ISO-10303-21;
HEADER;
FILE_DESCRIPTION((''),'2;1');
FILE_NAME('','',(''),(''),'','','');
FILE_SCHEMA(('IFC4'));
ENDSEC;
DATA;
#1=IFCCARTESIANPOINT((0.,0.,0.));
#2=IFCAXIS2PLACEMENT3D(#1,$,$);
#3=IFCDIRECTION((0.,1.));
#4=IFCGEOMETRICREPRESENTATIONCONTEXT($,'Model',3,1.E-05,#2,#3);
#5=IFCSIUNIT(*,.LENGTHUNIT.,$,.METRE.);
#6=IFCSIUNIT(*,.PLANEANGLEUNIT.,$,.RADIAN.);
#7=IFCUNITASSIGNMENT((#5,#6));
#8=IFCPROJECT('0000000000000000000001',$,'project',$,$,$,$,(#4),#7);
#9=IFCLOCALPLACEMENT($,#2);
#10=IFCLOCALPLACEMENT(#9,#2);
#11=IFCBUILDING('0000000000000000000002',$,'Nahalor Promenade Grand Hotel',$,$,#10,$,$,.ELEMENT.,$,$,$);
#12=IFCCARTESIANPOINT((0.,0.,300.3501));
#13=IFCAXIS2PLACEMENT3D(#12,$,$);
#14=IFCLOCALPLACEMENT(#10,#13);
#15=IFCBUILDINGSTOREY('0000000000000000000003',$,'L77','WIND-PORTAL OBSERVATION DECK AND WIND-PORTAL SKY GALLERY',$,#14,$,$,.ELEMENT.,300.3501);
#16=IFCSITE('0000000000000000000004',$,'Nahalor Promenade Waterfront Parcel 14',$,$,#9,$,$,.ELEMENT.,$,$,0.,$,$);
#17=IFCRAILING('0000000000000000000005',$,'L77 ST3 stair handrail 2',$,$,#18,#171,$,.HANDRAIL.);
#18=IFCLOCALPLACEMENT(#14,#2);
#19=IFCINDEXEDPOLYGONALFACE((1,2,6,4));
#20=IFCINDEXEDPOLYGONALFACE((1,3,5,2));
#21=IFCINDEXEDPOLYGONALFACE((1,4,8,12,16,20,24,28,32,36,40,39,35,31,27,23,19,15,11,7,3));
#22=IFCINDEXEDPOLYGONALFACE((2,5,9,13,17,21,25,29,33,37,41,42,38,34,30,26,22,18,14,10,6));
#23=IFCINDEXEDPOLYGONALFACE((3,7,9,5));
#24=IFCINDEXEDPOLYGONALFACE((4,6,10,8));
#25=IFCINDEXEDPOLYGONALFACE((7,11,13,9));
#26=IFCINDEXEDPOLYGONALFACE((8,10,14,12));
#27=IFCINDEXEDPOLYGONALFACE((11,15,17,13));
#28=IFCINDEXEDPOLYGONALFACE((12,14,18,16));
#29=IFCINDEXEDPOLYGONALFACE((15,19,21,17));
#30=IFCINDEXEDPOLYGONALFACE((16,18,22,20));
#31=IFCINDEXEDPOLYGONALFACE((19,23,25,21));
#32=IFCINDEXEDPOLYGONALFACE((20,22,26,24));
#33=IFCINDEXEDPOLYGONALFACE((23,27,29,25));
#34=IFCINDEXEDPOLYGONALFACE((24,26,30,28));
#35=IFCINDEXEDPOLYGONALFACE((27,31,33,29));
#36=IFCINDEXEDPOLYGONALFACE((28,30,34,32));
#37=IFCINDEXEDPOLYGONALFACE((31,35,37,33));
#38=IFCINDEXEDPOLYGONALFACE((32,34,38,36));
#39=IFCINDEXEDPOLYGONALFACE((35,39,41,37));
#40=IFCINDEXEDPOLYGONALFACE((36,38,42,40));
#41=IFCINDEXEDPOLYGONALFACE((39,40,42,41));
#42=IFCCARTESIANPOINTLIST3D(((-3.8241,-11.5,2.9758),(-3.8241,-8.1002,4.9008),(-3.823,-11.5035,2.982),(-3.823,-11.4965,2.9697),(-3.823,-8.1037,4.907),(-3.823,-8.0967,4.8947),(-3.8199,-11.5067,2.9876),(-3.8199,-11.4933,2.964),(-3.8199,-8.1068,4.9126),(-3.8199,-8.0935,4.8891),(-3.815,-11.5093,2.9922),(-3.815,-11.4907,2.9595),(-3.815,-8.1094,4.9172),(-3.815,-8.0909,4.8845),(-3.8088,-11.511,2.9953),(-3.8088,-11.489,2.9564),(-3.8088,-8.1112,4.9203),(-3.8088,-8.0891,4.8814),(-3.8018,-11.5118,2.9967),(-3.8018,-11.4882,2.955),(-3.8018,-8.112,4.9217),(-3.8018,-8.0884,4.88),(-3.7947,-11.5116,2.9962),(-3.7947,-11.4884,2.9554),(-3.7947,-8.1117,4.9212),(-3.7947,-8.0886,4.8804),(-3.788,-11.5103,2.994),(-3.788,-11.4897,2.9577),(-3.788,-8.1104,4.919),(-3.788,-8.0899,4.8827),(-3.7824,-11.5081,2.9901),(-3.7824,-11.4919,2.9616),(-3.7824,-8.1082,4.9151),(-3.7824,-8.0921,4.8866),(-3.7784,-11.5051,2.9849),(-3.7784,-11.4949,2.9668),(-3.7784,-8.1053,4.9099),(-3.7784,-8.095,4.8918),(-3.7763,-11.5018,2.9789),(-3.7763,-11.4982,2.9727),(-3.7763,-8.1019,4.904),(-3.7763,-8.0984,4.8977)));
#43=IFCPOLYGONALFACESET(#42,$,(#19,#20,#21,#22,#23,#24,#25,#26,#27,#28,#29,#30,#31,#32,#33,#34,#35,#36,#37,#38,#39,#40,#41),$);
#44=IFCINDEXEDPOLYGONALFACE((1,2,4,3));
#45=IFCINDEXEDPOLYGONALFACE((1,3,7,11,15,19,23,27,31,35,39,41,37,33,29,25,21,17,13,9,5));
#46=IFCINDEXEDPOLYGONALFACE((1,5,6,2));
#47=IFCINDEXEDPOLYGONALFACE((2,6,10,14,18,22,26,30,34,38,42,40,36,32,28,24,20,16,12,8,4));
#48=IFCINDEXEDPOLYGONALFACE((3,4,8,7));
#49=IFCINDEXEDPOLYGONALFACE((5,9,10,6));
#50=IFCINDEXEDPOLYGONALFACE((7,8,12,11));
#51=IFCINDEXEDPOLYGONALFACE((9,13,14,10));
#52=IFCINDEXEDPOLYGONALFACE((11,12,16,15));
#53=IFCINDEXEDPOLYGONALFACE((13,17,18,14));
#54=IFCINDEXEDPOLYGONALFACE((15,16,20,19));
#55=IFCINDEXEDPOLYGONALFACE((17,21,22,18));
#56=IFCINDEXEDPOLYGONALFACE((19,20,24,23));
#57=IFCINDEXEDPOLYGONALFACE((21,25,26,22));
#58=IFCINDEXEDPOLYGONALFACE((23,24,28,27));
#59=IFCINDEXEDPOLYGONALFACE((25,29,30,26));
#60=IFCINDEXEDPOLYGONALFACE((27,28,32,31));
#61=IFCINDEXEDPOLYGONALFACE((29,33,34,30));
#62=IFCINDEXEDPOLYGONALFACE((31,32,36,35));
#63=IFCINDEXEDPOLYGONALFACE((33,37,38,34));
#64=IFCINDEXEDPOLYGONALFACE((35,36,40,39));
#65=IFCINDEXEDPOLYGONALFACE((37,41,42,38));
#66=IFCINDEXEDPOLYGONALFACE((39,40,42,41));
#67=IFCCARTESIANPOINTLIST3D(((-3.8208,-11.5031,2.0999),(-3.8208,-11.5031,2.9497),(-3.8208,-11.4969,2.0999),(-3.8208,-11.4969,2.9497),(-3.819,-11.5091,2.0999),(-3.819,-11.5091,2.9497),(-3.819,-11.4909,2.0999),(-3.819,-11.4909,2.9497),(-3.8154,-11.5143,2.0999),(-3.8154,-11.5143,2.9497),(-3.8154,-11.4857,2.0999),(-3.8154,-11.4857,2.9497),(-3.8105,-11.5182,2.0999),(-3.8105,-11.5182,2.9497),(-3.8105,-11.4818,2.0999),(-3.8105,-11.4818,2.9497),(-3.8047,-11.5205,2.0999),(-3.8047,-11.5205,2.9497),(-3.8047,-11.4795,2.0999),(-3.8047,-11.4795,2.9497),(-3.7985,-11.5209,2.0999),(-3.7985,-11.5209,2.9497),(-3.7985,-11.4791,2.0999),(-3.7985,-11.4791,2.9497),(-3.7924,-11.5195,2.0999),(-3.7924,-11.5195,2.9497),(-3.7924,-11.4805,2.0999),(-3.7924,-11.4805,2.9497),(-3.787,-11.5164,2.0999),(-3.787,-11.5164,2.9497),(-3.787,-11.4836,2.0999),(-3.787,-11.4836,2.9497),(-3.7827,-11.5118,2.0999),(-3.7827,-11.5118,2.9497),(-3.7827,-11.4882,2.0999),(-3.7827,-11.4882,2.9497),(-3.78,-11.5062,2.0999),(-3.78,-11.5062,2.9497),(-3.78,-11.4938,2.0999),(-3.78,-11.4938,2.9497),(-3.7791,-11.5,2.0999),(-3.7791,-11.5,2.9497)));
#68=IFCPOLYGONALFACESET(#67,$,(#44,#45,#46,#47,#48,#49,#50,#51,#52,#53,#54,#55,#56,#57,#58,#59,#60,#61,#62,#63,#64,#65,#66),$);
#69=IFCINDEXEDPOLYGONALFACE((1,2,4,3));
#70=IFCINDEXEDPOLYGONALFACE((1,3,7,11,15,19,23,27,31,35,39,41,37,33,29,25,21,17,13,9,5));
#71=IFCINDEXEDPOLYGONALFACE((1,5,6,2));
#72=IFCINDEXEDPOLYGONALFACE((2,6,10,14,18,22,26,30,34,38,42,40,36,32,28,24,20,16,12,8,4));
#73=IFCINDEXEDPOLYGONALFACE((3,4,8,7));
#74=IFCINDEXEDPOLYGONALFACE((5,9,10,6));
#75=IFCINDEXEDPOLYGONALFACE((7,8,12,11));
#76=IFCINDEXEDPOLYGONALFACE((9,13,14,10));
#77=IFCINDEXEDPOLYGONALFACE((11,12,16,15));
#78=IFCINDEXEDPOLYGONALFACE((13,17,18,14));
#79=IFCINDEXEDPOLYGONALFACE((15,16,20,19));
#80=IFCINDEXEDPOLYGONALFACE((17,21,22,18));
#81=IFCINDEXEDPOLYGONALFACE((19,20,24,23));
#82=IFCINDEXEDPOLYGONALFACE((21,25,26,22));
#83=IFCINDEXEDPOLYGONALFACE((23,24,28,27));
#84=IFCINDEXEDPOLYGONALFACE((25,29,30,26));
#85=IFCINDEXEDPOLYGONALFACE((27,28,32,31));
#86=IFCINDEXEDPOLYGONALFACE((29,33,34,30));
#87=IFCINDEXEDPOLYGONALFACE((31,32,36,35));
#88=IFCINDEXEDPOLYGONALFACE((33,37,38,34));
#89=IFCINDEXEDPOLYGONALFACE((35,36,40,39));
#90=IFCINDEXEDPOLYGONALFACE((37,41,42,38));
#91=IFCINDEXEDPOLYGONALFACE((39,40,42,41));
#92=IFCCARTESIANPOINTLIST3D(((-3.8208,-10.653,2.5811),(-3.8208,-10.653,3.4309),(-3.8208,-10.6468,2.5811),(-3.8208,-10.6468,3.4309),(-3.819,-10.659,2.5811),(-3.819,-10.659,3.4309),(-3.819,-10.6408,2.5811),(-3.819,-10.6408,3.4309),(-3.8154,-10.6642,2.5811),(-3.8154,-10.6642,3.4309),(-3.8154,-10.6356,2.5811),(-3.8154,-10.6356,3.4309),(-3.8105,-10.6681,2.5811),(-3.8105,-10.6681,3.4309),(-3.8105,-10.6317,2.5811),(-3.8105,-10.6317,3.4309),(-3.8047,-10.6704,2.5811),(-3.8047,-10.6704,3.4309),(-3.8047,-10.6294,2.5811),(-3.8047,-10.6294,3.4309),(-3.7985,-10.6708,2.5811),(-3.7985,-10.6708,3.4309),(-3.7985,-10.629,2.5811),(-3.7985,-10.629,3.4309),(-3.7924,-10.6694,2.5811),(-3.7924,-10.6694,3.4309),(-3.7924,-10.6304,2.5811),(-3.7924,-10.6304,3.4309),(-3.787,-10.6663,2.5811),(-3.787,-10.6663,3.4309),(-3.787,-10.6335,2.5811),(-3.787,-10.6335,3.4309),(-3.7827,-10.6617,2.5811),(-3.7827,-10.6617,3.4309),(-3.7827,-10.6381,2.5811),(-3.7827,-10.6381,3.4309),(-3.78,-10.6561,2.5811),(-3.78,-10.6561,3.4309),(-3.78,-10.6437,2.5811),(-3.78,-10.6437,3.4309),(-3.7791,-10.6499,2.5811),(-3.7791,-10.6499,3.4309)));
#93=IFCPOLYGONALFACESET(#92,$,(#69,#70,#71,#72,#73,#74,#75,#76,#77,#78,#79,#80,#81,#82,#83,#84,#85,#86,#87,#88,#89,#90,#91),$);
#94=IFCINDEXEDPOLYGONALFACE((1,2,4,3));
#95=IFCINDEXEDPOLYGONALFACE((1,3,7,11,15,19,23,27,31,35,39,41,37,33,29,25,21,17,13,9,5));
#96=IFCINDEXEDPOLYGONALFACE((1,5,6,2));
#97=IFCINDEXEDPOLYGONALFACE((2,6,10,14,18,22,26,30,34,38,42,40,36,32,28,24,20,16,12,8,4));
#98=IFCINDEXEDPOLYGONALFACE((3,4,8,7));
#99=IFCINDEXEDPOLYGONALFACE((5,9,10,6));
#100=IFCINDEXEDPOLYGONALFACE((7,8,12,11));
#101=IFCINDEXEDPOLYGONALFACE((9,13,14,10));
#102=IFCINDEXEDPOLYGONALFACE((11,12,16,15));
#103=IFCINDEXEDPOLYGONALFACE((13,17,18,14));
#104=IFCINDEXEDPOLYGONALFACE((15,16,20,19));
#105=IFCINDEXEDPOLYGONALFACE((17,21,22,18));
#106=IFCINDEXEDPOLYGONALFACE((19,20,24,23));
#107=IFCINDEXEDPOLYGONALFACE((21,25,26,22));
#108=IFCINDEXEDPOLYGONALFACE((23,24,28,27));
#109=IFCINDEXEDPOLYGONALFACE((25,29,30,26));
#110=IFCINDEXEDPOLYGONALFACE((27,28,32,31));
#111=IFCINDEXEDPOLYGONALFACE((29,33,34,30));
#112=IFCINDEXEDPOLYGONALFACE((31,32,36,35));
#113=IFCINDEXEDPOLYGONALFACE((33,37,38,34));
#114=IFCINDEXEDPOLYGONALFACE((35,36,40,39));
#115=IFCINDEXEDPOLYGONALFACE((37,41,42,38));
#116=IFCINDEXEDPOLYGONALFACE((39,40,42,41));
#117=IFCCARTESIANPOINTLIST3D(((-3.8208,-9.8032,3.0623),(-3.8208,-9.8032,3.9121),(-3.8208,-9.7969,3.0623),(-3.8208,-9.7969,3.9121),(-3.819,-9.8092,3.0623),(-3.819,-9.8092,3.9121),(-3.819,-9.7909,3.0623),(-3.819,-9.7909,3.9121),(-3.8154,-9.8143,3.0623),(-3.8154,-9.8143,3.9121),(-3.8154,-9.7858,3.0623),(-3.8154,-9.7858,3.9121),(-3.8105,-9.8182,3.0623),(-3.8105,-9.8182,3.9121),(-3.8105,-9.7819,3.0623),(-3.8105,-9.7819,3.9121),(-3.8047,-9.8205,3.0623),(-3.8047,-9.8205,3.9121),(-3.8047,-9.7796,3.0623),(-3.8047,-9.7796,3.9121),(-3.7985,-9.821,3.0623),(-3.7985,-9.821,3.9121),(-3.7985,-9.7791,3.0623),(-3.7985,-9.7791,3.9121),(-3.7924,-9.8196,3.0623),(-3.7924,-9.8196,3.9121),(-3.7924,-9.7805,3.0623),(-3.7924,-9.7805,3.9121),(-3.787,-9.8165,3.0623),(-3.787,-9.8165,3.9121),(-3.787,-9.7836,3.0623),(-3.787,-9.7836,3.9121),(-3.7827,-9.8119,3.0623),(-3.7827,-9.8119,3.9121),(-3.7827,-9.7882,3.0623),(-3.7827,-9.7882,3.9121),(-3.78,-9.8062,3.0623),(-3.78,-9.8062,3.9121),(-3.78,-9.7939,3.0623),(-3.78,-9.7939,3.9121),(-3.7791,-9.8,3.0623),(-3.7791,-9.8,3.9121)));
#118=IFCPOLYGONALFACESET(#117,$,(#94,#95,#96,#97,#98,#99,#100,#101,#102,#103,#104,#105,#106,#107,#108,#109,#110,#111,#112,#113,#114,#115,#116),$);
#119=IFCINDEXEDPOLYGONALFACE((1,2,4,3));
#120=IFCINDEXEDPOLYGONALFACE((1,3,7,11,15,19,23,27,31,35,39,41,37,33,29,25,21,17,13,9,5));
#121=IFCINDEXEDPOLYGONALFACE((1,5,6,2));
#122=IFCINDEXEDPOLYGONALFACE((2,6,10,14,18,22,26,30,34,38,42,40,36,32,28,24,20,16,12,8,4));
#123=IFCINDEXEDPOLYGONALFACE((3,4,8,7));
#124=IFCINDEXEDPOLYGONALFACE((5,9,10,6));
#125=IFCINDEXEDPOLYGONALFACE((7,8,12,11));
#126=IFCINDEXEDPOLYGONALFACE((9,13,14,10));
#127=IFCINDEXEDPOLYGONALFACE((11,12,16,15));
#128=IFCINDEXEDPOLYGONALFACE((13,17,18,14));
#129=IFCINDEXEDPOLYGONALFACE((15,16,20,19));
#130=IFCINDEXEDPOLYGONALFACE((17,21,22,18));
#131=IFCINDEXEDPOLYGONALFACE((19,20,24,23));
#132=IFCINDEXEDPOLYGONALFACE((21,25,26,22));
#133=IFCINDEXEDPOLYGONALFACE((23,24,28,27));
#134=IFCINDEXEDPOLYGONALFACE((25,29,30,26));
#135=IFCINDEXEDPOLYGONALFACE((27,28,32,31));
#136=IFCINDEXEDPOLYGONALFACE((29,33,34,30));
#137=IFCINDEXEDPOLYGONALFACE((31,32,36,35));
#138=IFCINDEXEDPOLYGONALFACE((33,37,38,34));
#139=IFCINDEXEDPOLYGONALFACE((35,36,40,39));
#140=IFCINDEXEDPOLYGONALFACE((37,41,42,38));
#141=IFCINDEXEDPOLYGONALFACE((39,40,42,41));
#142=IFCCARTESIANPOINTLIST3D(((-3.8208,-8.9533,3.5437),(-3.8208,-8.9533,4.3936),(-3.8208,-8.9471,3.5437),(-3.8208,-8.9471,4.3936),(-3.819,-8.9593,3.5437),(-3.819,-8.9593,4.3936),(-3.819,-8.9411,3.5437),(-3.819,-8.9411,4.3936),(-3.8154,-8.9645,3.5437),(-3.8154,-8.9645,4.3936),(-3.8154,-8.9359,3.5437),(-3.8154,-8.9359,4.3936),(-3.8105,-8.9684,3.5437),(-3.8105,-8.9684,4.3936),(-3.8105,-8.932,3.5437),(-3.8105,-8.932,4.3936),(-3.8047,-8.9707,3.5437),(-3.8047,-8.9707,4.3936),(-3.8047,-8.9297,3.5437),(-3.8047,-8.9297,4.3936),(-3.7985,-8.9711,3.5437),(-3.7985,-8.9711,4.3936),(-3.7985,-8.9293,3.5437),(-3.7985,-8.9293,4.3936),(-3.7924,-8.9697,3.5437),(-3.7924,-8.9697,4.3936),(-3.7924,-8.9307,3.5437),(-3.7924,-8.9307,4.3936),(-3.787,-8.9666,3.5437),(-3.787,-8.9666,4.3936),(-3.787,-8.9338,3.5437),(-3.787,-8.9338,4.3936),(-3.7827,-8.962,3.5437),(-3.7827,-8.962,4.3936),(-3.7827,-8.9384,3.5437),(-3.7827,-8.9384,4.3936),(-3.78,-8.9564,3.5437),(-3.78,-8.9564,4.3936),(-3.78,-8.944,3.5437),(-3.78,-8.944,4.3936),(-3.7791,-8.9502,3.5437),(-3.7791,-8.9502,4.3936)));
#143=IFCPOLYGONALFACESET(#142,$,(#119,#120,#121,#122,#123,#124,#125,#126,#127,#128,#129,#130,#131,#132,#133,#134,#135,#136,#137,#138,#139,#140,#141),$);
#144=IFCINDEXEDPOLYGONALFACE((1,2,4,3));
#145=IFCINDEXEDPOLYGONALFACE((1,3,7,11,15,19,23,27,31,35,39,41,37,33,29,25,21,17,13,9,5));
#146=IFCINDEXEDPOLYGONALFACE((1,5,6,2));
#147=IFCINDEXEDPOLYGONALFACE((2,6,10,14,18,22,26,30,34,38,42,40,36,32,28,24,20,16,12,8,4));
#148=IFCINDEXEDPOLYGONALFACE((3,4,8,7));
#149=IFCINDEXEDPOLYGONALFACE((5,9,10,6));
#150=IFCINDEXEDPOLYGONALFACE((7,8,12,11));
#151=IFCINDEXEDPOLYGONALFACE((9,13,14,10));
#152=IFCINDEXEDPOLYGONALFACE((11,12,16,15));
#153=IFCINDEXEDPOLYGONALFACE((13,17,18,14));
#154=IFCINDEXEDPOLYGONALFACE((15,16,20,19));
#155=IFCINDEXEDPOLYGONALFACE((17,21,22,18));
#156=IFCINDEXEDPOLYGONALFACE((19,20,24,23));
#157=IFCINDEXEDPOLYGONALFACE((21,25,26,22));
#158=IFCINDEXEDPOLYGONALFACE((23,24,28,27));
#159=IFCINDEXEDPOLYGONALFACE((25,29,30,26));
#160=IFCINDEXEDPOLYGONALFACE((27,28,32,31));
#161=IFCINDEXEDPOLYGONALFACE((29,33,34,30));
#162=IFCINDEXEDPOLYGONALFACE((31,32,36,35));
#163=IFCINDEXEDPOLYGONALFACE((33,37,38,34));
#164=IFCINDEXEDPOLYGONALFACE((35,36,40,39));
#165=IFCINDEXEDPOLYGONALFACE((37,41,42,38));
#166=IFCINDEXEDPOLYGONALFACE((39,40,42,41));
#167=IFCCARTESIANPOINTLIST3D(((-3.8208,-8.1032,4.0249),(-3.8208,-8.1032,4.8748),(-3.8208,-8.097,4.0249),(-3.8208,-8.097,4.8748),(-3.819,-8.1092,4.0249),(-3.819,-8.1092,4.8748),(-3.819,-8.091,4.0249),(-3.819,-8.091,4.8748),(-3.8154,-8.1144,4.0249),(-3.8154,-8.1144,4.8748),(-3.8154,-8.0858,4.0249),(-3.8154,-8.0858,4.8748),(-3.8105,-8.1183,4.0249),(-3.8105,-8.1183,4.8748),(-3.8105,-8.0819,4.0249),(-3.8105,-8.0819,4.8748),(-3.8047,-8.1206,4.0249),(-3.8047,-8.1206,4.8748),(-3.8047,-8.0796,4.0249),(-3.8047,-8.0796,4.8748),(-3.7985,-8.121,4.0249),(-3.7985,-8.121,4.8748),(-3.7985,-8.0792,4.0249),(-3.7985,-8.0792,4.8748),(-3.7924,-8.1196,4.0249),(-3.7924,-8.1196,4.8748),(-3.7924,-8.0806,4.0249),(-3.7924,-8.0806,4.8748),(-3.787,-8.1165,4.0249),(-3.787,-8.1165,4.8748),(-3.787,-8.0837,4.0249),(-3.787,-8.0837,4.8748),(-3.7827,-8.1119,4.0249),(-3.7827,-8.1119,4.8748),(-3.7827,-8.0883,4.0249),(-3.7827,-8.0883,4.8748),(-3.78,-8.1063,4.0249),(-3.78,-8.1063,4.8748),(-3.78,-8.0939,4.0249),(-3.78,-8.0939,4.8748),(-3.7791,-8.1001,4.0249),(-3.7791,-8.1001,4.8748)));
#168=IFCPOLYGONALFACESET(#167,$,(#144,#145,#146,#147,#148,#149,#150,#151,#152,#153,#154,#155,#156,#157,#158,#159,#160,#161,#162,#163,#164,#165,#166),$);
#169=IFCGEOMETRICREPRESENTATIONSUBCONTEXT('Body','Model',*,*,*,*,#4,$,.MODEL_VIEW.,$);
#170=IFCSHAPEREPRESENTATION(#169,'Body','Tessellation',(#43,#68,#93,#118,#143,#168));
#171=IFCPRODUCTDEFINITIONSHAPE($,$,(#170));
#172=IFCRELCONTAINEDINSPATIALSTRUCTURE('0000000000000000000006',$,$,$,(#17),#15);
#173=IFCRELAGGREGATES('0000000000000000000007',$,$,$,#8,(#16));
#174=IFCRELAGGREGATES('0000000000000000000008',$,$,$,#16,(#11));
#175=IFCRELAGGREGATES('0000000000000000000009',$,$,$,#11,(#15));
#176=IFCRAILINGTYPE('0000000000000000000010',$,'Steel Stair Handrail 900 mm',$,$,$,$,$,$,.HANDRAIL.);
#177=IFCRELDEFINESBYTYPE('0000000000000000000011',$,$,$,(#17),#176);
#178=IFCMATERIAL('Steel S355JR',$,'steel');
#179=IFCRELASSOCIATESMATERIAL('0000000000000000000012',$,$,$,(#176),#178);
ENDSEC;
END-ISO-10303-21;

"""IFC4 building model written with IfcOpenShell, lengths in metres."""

from ifc_helpers import new_model, si_unit, direction, frame, origin, origin_2d, place, context, subcontext, project, spatial, circle, extrude, material, type_object, element, save


model = new_model("IFC4")

# Units and contexts
model_context = context("Model", 3, precision=1e-05, world=origin(), true_north=direction((0.0, 1.0)))
body_context = subcontext(model_context, "Body", "Model", "MODEL_VIEW")
ifc_project = project(units=[si_unit("LENGTHUNIT", "METRE"), si_unit("PLANEANGLEUNIT", "RADIAN")], contexts=[model_context])

# Site, building, storey
site_placement = place(None, origin())
site = spatial("IfcSite", under=ifc_project, at=site_placement, Name="Nahalor Promenade Waterfront Parcel 14", CompositionType="ELEMENT", RefElevation=0.0)
building_placement = place(site_placement, origin())
building = spatial("IfcBuilding", under=site, at=building_placement, Name="Nahalor Promenade Grand Hotel", CompositionType="ELEMENT")
storey_placement = place(building_placement, frame((0.0, 0.0, 300.3501)))
storey = spatial("IfcBuildingStorey", under=building, at=storey_placement, Name="L77", Description="WIND-PORTAL OBSERVATION DECK AND WIND-PORTAL SKY GALLERY", CompositionType="ELEMENT", Elevation=300.3501)

# Shared definitions
ifc_material_1 = material(Name="Steel S355JR", Category="steel")

# Railing
railing_type_1 = type_object("IfcRailingType", Name="Steel Stair Handrail 900 mm", PredefinedType="HANDRAIL", material=ifc_material_1)
railing_1_placement = place(storey_placement, frame((-3.8, -11.5, 2.0999)))
element("IfcRailing", 1, at=railing_1_placement, inside=storey, type_object=railing_type_1, Name="L77 ST3 stair handrail 2", PredefinedType="HANDRAIL", context=body_context, shape_type="SweptSolid", body=[
    extrude(circle(Radius=0.024, at=origin_2d()), frame((0.0, 0.0, 0.876), z_axis=(0.0, 0.870194, 0.49271), x_axis=(-1.0, 0.0, 0.0)), (0.0, 0.0, 1.0), 3.907),
    extrude(circle(Radius=0.021, at=origin_2d()), origin(), (0.0, 0.0, 1.0), 0.8499),
    extrude(circle(Radius=0.021, at=origin_2d()), frame((0.0, 0.8501, 0.4812)), (0.0, 0.0, 1.0), 0.8499),
    extrude(circle(Radius=0.021, at=origin_2d()), frame((0.0, 1.7, 0.9624)), (0.0, 0.0, 1.0), 0.8499),
    extrude(circle(Radius=0.021, at=origin_2d()), frame((0.0, 2.5498, 1.4438)), (0.0, 0.0, 1.0), 0.8499),
    extrude(circle(Radius=0.021, at=origin_2d()), frame((0.0, 3.3999, 1.925)), (0.0, 0.0, 1.0), 0.8499),
])

save(model, "model.ifc")
